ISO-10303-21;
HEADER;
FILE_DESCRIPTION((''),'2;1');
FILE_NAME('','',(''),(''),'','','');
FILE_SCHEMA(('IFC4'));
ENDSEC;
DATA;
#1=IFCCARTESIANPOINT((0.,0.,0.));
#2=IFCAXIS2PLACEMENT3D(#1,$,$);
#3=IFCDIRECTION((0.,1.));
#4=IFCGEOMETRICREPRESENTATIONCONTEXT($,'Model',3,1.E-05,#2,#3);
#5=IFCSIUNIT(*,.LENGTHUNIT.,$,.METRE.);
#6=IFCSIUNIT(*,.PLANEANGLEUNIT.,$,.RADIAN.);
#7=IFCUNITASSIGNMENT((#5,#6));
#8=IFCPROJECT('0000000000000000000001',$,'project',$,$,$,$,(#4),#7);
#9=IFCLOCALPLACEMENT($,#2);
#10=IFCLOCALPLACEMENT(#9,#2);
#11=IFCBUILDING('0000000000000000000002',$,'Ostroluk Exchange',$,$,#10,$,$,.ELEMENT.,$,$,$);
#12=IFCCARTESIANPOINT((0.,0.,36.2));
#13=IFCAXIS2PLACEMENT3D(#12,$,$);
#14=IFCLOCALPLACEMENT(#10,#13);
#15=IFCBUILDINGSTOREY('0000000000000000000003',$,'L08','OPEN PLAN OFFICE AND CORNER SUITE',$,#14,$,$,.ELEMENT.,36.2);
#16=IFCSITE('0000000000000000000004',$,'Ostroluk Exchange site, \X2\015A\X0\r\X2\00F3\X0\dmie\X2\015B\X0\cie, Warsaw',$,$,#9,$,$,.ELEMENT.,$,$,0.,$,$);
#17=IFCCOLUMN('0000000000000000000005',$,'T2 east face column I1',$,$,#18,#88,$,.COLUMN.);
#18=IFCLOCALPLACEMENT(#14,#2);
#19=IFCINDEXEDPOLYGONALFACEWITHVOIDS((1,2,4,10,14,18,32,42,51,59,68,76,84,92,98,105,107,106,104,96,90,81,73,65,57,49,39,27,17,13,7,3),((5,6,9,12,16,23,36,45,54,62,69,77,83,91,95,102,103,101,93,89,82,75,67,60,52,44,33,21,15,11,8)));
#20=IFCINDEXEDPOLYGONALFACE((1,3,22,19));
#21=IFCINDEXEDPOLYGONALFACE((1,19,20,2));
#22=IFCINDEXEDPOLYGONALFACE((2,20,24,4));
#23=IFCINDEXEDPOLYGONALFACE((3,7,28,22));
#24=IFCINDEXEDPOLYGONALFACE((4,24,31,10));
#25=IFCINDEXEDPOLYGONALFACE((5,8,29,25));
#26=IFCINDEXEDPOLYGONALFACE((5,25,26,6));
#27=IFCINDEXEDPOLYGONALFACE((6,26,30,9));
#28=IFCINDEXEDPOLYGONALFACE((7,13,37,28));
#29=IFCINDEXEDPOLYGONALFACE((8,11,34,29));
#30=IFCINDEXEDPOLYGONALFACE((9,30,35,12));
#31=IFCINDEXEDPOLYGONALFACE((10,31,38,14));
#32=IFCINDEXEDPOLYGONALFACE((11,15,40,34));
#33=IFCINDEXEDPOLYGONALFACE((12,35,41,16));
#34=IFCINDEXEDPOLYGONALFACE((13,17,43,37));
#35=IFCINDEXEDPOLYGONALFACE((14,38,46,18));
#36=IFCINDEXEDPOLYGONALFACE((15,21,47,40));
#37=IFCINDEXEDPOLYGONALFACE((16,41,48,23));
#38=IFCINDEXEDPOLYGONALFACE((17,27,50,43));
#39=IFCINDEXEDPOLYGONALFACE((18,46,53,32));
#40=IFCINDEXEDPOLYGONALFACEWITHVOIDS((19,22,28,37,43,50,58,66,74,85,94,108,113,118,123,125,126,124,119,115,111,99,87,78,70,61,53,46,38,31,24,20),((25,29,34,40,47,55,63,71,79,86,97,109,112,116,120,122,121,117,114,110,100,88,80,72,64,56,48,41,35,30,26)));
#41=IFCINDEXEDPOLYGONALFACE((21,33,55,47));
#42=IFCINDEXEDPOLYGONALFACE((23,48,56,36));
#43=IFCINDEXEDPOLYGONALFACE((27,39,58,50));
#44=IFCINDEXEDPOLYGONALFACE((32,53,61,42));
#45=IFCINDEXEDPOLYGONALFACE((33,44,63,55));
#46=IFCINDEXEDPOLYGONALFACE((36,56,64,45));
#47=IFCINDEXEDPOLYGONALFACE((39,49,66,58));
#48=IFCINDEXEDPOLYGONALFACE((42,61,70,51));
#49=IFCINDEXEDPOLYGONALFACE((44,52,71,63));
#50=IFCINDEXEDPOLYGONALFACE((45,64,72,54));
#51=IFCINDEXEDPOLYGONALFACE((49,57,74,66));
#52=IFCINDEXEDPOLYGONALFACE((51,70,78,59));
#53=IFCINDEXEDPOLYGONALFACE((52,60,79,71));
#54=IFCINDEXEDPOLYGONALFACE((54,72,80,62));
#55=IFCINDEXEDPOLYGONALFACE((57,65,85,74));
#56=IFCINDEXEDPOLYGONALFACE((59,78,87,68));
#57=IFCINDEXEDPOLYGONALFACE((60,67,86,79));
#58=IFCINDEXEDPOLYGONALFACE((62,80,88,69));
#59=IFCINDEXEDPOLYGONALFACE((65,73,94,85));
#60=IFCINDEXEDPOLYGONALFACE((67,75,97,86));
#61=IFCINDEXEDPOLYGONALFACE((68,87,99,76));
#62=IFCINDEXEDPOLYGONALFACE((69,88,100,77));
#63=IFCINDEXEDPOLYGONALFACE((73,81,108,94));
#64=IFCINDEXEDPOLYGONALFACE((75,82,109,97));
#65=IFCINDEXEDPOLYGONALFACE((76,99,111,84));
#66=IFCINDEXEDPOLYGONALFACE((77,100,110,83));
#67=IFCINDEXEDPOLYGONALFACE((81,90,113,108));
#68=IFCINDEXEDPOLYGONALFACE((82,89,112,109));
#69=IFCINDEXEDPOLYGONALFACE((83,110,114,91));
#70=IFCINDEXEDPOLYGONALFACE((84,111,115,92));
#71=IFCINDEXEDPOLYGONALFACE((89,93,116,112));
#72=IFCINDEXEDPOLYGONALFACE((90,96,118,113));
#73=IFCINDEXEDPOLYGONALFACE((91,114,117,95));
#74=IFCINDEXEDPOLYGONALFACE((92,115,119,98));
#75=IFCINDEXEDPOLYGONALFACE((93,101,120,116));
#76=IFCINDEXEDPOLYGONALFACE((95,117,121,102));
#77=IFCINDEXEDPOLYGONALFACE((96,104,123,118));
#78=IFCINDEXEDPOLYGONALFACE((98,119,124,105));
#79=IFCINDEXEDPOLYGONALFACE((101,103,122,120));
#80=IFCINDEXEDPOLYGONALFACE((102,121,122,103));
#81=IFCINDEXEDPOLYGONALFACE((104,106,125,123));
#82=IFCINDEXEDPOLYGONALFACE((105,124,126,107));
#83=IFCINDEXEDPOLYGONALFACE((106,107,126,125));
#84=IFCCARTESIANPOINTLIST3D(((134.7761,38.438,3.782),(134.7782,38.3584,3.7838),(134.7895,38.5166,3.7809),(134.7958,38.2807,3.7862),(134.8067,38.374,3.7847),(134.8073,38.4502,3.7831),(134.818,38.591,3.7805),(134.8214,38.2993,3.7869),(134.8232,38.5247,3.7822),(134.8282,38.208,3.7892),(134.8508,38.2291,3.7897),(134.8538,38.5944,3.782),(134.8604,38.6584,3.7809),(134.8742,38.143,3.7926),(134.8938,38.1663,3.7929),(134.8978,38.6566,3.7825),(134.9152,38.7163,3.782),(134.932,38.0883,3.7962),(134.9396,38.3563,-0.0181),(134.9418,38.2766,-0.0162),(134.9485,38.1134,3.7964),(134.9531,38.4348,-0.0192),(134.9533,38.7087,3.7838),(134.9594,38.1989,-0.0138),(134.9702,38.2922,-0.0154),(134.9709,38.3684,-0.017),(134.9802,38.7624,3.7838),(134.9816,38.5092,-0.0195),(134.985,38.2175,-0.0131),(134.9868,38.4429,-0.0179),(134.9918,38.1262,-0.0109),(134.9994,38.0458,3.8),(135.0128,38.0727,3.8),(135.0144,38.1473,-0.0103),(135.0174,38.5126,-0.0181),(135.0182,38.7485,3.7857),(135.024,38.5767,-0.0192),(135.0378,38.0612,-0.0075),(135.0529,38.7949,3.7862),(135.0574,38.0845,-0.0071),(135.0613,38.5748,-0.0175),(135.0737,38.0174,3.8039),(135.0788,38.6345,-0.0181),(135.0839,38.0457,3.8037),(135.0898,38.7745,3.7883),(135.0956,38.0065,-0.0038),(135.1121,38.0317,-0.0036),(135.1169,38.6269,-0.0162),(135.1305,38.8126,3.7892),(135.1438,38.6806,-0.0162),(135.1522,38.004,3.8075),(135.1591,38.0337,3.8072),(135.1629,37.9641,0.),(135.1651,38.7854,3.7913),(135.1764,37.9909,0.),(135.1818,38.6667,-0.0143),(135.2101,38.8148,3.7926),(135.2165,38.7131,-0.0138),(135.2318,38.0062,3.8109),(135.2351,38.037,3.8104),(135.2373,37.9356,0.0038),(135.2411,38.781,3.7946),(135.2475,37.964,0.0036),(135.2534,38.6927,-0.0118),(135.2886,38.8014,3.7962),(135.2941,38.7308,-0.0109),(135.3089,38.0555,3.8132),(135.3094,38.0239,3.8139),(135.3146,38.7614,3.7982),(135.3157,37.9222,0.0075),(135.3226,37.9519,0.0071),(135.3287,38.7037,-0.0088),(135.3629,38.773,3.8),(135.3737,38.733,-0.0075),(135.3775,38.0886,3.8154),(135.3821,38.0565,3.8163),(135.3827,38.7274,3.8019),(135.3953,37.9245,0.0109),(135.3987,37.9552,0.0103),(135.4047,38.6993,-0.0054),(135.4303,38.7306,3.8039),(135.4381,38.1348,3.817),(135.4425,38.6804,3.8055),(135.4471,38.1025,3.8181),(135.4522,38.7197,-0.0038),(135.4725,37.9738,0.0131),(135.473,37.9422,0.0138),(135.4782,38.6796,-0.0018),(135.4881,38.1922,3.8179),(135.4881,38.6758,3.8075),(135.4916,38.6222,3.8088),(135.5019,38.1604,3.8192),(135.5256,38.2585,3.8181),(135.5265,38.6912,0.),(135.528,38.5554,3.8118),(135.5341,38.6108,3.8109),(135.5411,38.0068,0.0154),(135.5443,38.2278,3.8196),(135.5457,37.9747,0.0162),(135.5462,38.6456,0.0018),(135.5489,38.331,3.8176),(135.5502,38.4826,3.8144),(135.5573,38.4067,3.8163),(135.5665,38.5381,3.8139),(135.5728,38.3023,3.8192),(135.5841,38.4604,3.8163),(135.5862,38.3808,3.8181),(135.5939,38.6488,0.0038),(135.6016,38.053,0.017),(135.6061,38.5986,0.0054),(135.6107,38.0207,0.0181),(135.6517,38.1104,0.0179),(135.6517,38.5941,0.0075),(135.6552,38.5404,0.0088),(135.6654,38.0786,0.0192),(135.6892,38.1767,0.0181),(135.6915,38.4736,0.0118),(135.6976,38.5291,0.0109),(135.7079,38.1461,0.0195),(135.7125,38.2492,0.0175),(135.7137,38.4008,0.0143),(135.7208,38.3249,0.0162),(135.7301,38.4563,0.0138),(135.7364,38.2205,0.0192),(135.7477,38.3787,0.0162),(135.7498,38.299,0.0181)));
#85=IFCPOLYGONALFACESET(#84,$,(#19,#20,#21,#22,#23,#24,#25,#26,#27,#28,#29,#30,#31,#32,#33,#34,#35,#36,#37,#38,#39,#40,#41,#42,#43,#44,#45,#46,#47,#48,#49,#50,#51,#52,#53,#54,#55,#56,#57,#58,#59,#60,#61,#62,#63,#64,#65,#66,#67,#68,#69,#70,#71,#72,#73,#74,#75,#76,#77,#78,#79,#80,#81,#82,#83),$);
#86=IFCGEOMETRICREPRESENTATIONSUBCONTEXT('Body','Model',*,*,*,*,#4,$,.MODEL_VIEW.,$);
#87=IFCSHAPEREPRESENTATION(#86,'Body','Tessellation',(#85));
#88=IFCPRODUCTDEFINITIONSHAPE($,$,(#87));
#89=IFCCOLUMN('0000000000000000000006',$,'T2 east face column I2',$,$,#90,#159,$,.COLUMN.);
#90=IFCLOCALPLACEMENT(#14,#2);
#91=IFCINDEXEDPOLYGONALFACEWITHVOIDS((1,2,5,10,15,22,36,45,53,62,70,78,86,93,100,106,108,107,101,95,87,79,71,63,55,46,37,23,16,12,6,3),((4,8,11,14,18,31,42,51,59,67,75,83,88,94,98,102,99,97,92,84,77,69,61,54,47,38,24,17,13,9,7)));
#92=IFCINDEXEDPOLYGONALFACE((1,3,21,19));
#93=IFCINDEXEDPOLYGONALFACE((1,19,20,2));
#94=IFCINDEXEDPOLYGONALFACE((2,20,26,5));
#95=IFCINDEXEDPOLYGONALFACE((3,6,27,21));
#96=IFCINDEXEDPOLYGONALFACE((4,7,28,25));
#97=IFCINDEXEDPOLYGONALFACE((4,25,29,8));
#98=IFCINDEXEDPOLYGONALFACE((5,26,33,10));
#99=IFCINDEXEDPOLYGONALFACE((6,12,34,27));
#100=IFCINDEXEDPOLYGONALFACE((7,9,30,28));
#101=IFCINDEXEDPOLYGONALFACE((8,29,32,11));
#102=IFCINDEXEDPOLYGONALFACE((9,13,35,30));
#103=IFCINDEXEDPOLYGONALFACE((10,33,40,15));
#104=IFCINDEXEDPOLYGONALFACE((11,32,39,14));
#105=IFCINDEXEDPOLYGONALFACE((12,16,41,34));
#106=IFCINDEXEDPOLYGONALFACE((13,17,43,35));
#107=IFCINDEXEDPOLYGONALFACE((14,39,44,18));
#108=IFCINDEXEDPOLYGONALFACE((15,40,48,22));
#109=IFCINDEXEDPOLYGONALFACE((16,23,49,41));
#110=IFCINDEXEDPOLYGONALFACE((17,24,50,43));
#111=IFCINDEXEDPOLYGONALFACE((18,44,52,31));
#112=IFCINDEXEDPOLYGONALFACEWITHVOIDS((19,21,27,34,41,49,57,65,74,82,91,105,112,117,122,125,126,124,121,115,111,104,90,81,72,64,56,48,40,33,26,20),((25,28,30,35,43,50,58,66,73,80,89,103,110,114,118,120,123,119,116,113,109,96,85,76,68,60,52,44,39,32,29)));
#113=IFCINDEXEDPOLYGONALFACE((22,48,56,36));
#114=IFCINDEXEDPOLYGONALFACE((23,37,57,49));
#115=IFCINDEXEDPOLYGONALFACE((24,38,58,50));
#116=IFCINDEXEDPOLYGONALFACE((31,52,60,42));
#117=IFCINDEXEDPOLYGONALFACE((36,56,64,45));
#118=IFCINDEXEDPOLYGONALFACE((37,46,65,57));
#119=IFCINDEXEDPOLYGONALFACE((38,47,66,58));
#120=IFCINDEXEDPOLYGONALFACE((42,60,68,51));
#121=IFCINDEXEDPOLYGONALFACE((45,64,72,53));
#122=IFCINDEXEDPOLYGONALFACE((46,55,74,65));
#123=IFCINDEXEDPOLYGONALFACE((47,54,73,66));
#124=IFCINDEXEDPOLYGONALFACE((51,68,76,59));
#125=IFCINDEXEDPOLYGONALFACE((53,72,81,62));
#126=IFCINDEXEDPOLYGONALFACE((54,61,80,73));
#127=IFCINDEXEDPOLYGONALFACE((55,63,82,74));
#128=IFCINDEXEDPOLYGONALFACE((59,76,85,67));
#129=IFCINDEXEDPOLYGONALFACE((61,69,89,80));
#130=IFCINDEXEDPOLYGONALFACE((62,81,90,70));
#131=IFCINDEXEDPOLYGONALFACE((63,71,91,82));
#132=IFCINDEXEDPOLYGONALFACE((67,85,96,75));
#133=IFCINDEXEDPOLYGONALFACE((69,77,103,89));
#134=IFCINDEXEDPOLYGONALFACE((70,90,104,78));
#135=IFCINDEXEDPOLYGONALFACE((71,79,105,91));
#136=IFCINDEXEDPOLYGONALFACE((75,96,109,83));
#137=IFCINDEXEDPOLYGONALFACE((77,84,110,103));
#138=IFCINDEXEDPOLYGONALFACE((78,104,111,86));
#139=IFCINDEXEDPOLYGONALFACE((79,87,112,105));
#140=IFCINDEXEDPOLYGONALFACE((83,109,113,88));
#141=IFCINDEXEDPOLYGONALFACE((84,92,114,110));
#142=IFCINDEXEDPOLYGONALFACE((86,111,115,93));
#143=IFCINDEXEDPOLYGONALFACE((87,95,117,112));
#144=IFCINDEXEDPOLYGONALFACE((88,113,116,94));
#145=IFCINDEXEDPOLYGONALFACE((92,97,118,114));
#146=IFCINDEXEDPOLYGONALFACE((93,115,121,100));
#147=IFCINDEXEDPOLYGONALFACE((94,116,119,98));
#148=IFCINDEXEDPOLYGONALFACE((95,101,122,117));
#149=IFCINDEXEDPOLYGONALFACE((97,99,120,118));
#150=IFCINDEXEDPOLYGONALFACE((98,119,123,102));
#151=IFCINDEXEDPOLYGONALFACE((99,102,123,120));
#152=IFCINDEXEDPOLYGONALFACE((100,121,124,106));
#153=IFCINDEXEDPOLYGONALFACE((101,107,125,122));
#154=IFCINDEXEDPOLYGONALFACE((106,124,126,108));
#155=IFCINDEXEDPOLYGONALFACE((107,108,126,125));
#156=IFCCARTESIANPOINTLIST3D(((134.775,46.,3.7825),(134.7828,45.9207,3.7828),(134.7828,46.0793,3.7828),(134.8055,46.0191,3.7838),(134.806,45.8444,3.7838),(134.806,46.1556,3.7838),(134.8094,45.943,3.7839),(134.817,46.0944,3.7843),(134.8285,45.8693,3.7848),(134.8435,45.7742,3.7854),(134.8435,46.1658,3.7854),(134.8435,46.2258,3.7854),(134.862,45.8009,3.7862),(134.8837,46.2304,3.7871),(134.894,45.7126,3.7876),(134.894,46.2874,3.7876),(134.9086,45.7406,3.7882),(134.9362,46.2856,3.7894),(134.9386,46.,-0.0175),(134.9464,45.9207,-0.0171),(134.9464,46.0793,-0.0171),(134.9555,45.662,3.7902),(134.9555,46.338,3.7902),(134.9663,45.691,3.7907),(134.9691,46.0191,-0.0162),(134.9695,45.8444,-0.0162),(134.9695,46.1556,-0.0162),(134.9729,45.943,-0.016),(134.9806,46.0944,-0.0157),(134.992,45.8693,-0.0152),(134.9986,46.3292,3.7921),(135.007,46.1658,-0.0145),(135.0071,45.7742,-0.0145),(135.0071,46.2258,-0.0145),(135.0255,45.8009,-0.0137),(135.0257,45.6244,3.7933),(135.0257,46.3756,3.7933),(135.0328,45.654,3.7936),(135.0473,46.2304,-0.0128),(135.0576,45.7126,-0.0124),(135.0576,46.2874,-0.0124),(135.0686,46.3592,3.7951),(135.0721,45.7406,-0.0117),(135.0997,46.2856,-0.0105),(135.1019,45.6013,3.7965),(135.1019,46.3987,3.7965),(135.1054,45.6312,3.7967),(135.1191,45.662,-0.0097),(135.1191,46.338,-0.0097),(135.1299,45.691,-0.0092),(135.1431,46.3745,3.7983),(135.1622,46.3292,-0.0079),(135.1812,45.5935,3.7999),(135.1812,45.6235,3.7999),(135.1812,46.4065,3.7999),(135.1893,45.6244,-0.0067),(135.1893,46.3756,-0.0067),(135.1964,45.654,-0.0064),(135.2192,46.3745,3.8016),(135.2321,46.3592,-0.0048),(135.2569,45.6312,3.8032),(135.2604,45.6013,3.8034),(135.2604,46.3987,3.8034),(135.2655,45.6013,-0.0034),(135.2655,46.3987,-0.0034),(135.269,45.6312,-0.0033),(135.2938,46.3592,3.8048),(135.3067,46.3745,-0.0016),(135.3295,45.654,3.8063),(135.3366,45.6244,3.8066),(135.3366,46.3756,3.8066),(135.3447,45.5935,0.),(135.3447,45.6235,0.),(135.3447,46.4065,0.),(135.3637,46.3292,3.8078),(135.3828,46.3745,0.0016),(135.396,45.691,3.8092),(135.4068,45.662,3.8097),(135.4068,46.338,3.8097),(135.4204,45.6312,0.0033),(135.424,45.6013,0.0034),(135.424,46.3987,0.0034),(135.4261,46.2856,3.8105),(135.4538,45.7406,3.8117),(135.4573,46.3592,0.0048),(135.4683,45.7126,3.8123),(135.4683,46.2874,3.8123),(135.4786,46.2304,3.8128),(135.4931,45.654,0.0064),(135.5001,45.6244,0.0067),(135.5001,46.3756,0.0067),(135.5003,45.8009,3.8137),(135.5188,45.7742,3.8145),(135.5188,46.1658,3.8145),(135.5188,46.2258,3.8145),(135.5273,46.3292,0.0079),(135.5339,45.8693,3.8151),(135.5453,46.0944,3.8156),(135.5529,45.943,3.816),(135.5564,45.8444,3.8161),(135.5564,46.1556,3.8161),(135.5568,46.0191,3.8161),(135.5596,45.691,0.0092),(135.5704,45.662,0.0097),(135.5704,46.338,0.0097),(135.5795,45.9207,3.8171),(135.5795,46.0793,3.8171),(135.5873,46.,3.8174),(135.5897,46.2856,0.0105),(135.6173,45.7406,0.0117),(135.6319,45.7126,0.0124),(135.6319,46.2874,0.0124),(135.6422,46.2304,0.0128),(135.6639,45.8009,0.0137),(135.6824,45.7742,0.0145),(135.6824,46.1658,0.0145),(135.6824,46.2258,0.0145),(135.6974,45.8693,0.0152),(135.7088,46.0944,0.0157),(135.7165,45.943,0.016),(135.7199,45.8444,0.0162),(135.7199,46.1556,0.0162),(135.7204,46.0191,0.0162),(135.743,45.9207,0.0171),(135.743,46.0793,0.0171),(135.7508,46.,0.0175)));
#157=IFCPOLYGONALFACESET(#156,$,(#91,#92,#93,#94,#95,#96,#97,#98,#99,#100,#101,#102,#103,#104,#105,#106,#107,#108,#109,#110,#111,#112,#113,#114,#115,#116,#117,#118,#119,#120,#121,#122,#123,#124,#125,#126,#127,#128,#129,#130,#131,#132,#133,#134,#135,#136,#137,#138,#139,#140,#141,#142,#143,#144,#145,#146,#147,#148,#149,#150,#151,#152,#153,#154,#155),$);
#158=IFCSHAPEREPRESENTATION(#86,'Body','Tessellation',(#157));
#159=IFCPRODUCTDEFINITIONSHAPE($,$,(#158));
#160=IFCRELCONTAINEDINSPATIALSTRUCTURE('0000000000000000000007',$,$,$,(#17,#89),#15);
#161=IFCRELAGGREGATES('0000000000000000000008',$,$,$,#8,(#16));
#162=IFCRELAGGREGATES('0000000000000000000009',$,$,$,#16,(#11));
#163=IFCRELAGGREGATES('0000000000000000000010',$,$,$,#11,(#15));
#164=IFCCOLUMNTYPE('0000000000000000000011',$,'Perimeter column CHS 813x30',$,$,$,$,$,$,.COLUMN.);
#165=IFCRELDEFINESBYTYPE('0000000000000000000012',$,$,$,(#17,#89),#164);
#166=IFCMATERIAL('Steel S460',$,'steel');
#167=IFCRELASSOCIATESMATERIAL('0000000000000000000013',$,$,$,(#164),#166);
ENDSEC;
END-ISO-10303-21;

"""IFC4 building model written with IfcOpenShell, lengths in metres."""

from ifc_helpers import new_model, si_unit, direction, frame, origin, origin_2d, place, context, subcontext, project, spatial, hollow_circle, extrude, material, material_profile, profile_set, type_object, element, save


model = new_model("IFC4")

# Units and contexts
model_context = context("Model", 3, precision=1e-05, world=origin(), true_north=direction((0.0, 1.0)))
body_context = subcontext(model_context, "Body", "Model", "MODEL_VIEW")
ifc_project = project(units=[si_unit("LENGTHUNIT", "METRE"), si_unit("PLANEANGLEUNIT", "RADIAN")], contexts=[model_context])

# Site, building, storey
site_placement = place(None, origin())
site = spatial("IfcSite", under=ifc_project, at=site_placement, Name="Ostroluk Exchange site, Śródmieście, Warsaw", CompositionType="ELEMENT", RefElevation=0.0)
building_placement = place(site_placement, origin())
building = spatial("IfcBuilding", under=site, at=building_placement, Name="Ostroluk Exchange", CompositionType="ELEMENT")
storey_placement = place(building_placement, frame((0.0, 0.0, 36.2)))
storey = spatial("IfcBuildingStorey", under=building, at=storey_placement, Name="L08", Description="OPEN PLAN OFFICE AND CORNER SUITE", CompositionType="ELEMENT", Elevation=36.2)

# Columns
ifc_material_1 = material(Name="Steel S460", Category="steel")
ifc_material_profile_1 = material_profile(ifc_material_1, hollow_circle(Radius=0.4065, WallThickness=0.03, at=origin_2d()), Name="CHS 813x30")
ifc_profile_set_1 = profile_set([ifc_material_profile_1], Name="Steel S460")
column_type = type_object("IfcColumnType", Name="Perimeter column CHS 813x30", PredefinedType="COLUMN", material=ifc_profile_set_1)
column_1_placement = place(storey_placement, frame((135.3447, 38.3276, 0.0), z_axis=(-0.042996, 0.021498, 0.998844), x_axis=(-0.447214, -0.894427, 0.0)))
element("IfcColumn", 1, at=column_1_placement, inside=storey, type_object=column_type, Name="T2 east face column I1", PredefinedType="COLUMN", context=body_context, shape_type="SweptSolid", body=[
    extrude(hollow_circle(Radius=0.4065, WallThickness=0.03, at=origin_2d()), origin(), (0.0, 0.0, 1.0), 3.8044),
])
column_2_placement = place(storey_placement, frame((135.3447, 46.0, 0.0), z_axis=(-0.043005, 0.0, 0.999075), x_axis=(0.0, -1.0, 0.0)))
element("IfcColumn", 2, at=column_2_placement, inside=storey, type_object=column_type, Name="T2 east face column I2", PredefinedType="COLUMN", context=body_context, shape_type="SweptSolid", body=[
    extrude(hollow_circle(Radius=0.4065, WallThickness=0.03, at=origin_2d()), origin(), (0.0, 0.0, 1.0), 3.8035),
])

save(model, "model.ifc")
